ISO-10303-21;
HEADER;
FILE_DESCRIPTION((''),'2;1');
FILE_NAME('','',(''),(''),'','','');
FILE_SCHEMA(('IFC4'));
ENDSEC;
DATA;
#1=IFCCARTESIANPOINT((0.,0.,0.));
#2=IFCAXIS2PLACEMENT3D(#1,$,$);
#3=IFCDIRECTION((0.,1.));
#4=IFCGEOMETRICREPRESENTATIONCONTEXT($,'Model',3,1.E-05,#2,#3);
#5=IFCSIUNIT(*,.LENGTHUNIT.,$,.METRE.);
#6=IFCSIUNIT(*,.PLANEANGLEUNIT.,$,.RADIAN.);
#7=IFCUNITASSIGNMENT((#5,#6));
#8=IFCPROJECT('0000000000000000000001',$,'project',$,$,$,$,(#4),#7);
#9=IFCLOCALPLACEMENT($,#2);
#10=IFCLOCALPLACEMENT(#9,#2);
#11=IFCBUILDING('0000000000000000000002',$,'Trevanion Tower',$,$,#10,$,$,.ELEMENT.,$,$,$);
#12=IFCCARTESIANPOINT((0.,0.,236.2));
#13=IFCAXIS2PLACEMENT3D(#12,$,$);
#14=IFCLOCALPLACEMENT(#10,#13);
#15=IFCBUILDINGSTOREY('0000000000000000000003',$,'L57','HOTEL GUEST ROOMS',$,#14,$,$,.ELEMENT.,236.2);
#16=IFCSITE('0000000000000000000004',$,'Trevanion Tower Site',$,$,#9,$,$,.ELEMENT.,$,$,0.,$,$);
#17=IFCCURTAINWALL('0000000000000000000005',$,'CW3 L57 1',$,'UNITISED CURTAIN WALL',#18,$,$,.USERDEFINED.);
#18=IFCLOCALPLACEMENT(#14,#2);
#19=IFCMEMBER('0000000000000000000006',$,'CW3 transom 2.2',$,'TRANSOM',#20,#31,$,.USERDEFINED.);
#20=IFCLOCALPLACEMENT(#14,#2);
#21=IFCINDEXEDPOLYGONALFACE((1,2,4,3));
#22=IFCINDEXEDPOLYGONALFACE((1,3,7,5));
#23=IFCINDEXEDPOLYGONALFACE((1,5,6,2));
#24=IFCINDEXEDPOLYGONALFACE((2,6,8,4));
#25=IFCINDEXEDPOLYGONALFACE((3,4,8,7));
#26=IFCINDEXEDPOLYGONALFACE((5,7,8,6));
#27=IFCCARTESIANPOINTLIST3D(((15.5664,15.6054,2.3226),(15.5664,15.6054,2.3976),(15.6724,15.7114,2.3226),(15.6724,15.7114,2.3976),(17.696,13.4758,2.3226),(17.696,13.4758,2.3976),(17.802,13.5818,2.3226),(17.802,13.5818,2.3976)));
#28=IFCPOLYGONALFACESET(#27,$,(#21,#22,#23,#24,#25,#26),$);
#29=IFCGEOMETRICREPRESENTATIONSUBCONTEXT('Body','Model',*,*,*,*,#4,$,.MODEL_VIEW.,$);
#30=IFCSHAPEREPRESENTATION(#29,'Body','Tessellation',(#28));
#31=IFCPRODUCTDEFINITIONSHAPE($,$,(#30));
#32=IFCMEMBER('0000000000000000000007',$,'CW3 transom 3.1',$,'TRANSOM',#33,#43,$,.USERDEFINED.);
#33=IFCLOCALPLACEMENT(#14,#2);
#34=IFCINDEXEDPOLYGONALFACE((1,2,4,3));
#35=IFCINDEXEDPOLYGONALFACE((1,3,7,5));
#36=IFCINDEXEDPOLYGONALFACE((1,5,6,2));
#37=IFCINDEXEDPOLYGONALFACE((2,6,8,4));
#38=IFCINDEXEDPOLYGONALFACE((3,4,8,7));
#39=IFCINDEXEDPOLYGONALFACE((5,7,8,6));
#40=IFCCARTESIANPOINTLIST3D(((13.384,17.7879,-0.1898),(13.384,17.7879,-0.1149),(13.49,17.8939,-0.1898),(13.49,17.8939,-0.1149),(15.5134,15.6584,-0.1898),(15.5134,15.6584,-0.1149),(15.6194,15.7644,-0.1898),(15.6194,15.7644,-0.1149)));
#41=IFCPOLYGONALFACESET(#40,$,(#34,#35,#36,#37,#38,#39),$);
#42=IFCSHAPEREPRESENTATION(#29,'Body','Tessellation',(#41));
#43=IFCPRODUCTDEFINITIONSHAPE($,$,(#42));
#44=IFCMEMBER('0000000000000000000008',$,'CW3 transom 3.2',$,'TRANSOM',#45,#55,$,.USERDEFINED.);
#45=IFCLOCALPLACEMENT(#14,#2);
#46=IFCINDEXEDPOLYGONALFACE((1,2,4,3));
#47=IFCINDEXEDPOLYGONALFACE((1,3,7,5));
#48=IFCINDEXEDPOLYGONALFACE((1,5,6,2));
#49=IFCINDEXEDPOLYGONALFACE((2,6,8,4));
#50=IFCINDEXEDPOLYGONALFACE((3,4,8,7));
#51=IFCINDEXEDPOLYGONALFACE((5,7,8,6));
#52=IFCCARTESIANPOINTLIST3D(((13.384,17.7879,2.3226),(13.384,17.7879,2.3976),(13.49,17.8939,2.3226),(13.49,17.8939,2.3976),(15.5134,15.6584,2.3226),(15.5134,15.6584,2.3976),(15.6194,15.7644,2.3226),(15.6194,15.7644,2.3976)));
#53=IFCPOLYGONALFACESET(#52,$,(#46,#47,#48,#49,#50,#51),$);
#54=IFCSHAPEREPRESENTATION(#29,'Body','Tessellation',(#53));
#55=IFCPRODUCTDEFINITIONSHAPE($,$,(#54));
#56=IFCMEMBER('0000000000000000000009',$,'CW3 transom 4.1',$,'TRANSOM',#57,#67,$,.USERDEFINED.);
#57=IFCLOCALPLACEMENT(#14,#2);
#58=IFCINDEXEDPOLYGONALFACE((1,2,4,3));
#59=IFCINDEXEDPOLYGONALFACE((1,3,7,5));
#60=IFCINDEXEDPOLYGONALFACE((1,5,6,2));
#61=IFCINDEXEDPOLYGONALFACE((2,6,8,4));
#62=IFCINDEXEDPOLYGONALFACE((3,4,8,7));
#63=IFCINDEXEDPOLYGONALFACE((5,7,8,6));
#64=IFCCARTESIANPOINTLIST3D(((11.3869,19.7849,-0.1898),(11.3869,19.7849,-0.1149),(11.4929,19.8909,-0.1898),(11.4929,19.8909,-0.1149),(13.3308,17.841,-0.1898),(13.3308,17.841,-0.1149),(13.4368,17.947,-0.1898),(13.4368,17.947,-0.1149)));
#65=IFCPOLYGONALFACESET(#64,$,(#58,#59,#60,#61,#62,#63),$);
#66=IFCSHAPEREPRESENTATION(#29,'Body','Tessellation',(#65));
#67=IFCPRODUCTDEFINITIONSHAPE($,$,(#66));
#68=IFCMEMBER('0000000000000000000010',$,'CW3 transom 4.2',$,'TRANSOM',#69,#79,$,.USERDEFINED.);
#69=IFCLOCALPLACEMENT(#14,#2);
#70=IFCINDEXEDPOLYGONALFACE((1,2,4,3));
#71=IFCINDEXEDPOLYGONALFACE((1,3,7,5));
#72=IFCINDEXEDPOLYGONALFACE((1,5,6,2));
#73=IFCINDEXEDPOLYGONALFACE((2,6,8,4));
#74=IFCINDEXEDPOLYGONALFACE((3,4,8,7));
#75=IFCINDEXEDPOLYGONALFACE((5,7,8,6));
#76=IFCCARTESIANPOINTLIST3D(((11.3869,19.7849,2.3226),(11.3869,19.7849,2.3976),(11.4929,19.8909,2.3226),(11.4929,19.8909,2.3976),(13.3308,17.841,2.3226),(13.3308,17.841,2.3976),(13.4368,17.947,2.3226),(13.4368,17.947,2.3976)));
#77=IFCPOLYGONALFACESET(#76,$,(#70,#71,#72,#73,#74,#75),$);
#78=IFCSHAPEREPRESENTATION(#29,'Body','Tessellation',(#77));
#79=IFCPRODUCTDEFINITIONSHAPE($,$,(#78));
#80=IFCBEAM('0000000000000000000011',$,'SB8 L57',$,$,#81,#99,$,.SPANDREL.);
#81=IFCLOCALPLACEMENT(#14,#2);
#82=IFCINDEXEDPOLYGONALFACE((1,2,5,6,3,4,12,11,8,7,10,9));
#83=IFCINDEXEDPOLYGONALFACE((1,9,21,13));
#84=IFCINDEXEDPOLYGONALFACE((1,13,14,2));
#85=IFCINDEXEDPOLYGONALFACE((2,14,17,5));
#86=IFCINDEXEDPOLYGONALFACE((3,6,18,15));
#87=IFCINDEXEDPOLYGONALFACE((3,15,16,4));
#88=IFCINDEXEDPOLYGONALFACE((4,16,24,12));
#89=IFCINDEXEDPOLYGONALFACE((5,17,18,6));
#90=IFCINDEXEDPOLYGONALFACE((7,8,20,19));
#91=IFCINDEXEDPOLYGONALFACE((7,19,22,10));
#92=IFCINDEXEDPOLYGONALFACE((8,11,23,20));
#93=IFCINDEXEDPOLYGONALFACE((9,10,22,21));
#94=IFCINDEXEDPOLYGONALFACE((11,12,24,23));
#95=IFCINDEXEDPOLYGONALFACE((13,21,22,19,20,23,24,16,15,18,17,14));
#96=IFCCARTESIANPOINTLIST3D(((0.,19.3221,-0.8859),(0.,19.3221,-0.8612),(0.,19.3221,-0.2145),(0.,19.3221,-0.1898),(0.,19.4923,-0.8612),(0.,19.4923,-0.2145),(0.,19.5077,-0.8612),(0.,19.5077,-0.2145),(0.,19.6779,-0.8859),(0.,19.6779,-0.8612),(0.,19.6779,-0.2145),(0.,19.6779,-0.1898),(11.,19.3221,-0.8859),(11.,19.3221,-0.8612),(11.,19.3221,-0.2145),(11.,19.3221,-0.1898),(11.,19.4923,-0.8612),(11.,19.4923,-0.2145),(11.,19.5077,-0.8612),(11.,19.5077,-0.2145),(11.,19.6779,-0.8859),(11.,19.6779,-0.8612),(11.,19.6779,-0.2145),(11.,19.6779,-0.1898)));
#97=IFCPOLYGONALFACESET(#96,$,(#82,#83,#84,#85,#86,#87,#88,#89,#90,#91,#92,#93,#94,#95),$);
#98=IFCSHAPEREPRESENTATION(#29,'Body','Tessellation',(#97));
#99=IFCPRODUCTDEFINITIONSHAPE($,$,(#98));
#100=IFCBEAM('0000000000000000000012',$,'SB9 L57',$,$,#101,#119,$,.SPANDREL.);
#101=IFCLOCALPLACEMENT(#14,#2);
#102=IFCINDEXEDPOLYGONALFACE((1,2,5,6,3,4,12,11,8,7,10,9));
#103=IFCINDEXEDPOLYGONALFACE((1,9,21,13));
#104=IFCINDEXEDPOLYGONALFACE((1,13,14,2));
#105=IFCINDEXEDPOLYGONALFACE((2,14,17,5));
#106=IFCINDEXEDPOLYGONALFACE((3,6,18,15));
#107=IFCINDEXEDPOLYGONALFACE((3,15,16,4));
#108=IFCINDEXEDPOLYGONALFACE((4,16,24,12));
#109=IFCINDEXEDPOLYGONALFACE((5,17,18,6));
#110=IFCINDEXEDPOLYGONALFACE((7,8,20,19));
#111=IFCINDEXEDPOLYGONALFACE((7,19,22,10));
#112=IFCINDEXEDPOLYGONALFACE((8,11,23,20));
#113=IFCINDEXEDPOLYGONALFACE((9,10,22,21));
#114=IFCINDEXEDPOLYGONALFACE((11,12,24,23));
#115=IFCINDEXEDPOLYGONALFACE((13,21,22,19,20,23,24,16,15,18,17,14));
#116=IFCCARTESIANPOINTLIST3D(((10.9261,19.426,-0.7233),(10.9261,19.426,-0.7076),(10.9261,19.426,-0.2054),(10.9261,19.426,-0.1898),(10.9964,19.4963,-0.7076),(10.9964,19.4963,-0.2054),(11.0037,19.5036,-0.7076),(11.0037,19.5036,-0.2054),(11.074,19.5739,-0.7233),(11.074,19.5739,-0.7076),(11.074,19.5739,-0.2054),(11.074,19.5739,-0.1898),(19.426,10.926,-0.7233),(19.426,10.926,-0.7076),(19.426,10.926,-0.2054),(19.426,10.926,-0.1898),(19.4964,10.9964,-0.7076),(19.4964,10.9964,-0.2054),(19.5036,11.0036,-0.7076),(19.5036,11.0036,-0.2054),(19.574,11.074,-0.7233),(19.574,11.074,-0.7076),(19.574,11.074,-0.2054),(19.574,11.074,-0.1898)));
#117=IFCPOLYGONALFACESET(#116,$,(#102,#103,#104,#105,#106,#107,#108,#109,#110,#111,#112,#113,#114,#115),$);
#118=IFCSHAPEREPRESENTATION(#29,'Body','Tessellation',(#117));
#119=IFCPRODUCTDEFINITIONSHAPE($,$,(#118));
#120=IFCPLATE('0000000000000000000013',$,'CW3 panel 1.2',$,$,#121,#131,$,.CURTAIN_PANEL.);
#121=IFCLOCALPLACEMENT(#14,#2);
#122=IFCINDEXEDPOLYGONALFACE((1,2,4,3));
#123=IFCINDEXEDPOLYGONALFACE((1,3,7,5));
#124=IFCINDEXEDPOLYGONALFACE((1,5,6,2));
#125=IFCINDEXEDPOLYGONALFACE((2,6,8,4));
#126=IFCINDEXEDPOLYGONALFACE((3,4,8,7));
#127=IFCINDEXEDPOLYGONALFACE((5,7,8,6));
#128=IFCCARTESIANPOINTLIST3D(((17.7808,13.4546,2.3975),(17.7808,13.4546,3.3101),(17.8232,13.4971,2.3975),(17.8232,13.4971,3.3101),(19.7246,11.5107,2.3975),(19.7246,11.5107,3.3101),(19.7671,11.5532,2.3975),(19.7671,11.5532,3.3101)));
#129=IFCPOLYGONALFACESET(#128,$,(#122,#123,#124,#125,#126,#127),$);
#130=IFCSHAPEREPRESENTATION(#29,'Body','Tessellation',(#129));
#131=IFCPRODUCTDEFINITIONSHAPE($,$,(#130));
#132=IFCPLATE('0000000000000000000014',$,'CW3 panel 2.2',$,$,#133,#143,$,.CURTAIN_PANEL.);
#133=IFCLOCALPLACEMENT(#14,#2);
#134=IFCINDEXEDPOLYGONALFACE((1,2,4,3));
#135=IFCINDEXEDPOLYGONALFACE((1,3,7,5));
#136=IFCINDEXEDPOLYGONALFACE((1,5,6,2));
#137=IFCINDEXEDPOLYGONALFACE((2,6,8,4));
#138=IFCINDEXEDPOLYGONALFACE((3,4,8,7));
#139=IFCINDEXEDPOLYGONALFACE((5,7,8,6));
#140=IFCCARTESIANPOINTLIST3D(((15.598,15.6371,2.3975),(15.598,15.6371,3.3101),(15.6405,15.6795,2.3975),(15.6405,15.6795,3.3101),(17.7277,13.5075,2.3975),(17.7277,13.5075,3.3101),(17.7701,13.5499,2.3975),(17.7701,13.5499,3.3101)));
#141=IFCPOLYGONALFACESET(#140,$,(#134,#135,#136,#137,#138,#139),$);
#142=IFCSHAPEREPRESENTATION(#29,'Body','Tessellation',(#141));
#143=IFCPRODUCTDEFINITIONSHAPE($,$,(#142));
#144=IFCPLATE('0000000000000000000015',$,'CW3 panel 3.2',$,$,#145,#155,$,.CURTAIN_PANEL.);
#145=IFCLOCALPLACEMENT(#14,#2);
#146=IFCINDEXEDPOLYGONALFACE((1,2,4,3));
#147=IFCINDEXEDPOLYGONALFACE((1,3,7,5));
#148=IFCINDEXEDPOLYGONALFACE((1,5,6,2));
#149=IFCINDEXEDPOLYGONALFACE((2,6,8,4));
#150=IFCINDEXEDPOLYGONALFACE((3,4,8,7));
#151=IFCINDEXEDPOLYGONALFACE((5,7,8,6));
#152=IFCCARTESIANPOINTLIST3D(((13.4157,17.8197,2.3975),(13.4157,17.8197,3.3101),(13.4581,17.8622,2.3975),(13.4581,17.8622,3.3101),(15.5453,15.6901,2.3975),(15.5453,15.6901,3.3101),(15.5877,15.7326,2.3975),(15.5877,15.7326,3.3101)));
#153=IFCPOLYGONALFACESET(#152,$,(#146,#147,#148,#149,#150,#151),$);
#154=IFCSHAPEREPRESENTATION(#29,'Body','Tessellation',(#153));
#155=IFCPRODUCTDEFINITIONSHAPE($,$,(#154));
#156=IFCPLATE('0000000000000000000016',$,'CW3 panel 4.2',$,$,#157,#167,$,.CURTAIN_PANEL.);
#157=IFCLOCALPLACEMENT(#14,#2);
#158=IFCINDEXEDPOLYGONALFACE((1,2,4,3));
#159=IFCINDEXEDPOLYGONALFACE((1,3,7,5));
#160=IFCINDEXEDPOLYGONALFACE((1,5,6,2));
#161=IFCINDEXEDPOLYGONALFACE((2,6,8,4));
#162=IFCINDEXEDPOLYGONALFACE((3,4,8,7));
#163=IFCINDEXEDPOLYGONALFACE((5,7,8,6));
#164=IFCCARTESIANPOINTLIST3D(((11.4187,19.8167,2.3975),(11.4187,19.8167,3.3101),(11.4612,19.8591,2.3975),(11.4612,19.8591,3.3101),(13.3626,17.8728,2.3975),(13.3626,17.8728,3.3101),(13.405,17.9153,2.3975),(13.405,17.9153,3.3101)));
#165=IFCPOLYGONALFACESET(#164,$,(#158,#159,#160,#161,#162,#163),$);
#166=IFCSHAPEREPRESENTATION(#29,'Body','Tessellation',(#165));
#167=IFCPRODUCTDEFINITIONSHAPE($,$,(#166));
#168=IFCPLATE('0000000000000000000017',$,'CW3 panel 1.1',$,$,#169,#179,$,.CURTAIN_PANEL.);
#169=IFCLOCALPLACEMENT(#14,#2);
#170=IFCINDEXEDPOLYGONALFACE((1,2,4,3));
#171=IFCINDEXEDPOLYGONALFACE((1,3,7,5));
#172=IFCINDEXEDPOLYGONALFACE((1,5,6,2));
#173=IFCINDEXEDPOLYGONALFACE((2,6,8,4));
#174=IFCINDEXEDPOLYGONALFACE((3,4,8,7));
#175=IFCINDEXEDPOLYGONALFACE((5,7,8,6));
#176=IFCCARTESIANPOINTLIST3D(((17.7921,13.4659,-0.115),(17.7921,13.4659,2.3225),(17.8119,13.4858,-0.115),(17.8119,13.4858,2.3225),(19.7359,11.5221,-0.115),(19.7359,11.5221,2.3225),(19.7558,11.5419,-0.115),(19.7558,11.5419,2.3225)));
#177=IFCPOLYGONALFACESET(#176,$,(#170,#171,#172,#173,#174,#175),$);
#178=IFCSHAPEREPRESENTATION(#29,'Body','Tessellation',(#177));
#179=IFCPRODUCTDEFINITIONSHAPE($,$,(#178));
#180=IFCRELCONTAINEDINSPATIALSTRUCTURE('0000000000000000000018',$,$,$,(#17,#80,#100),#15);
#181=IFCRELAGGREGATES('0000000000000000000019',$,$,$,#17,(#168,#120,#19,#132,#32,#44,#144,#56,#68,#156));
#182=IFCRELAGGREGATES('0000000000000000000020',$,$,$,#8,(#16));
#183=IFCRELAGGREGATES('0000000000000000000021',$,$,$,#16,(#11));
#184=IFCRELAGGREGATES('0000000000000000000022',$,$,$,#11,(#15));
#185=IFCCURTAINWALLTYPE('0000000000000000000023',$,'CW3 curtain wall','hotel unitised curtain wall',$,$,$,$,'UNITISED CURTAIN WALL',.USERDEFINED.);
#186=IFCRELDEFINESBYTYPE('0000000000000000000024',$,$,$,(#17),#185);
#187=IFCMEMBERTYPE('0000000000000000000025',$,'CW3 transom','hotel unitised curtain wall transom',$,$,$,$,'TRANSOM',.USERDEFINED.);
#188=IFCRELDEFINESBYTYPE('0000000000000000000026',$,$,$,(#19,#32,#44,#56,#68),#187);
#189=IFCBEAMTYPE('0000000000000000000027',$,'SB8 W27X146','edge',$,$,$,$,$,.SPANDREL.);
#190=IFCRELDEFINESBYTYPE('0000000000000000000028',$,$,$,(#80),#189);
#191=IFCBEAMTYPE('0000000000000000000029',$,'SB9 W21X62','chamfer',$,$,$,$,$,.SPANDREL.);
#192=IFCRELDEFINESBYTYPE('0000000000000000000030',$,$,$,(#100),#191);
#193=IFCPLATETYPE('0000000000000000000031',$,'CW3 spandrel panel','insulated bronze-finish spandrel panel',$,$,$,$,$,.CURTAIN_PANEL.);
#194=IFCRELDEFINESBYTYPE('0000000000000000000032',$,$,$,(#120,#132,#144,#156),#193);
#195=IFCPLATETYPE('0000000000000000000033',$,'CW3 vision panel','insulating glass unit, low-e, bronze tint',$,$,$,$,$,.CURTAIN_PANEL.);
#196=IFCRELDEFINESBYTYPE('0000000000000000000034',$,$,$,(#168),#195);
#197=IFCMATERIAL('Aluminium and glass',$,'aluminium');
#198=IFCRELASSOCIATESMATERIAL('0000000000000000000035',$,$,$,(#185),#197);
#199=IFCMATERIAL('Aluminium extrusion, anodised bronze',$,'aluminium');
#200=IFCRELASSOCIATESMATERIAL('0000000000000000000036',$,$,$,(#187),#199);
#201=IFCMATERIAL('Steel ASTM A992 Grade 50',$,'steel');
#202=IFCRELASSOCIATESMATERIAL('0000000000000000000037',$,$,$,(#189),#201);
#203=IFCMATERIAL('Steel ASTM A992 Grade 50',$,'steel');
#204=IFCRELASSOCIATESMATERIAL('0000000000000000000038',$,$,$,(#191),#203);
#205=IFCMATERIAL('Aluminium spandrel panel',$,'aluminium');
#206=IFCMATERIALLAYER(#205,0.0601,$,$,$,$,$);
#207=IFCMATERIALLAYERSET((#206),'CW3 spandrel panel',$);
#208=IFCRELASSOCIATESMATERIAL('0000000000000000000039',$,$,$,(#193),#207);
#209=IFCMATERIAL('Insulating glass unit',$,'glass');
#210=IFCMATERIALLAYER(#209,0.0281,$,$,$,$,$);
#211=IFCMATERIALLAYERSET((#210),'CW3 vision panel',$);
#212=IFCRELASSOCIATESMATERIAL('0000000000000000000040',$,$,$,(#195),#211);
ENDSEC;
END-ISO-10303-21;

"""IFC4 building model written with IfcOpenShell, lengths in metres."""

from ifc_helpers import new_model, si_unit, direction, frame, origin, origin_2d, place, context, subcontext, project, spatial, rectangle, i_section, extrude, material, layer, layer_set, material_profile, profile_set, type_object, element, aggregate, save


model = new_model("IFC4")

# Units and contexts
model_context = context("Model", 3, precision=1e-05, world=origin(), true_north=direction((0.0, 1.0)))
body_context = subcontext(model_context, "Body", "Model", "MODEL_VIEW")
ifc_project = project(units=[si_unit("LENGTHUNIT", "METRE"), si_unit("PLANEANGLEUNIT", "RADIAN")], contexts=[model_context])

# Site, building, storey
site_placement = place(None, origin())
site = spatial("IfcSite", under=ifc_project, at=site_placement, Name="Trevanion Tower Site", CompositionType="ELEMENT", RefElevation=0.0)
building_placement = place(site_placement, origin())
building = spatial("IfcBuilding", under=site, at=building_placement, Name="Trevanion Tower", CompositionType="ELEMENT")
storey_placement = place(building_placement, frame((0.0, 0.0, 236.2)))
storey = spatial("IfcBuildingStorey", under=building, at=storey_placement, Name="L57", Description="HOTEL GUEST ROOMS", CompositionType="ELEMENT", Elevation=236.2)

# Curtain wall
ifc_material_1 = material(Name="Aluminium and glass", Category="aluminium")
curtain_wall_type = type_object("IfcCurtainWallType", Name="CW3 curtain wall", Description="hotel unitised curtain wall", ElementType="UNITISED CURTAIN WALL", PredefinedType="USERDEFINED", material=ifc_material_1)
curtain_wall_1_placement = place(storey_placement, origin())
curtain_wall_1 = element("IfcCurtainWall", 1, at=curtain_wall_1_placement, inside=storey, type_object=curtain_wall_type, Name="CW3 L57 1", ObjectType="UNITISED CURTAIN WALL", PredefinedType="USERDEFINED")

# Members
ifc_material_2 = material(Name="Aluminium extrusion, anodised bronze", Category="aluminium")
ifc_material_profile_1 = material_profile(ifc_material_2, rectangle(XDim=0.1499, YDim=0.075, at=origin_2d()), Name="CW3 transom")
ifc_profile_set_1 = profile_set([ifc_material_profile_1], Name="Aluminium extrusion, anodised bronze")
member_type_1 = type_object("IfcMemberType", Name="CW3 transom", Description="hotel unitised curtain wall transom", ElementType="TRANSOM", PredefinedType="USERDEFINED", material=ifc_profile_set_1)
member_1_placement = place(storey_placement, frame((17.749, 13.5288, 2.3601), z_axis=(-0.707107, 0.707107, 0.0), x_axis=(-0.707107, -0.707107, 0.0)))
member_1 = element("IfcMember", 2, at=member_1_placement, type_object=member_type_1, Name="CW3 transom 2.2", ObjectType="TRANSOM", PredefinedType="USERDEFINED", context=body_context, shape_type="SweptSolid", body=[
    extrude(rectangle(XDim=0.1499, YDim=0.075, at=origin_2d()), origin(), (0.0, 0.0, 1.0), 3.0117),
])
member_2_placement = place(storey_placement, frame((15.5664, 15.7114, -0.1523), z_axis=(-0.707107, 0.707107, 0.0), x_axis=(-0.707107, -0.707107, 0.0)))
member_2 = element("IfcMember", 3, at=member_2_placement, type_object=member_type_1, Name="CW3 transom 3.1", ObjectType="TRANSOM", PredefinedType="USERDEFINED", context=body_context, shape_type="SweptSolid", body=[
    extrude(rectangle(XDim=0.1499, YDim=0.075, at=origin_2d()), origin(), (0.0, 0.0, 1.0), 3.0115),
])
member_3_placement = place(storey_placement, frame((15.5664, 15.7114, 2.3601), z_axis=(-0.707107, 0.707107, 0.0), x_axis=(-0.707107, -0.707107, 0.0)))
member_3 = element("IfcMember", 4, at=member_3_placement, type_object=member_type_1, Name="CW3 transom 3.2", ObjectType="TRANSOM", PredefinedType="USERDEFINED", context=body_context, shape_type="SweptSolid", body=[
    extrude(rectangle(XDim=0.1499, YDim=0.075, at=origin_2d()), origin(), (0.0, 0.0, 1.0), 3.0115),
])
member_4_placement = place(storey_placement, frame((13.3838, 17.894, -0.1523), z_axis=(-0.707107, 0.707107, 0.0), x_axis=(-0.707107, -0.707107, 0.0)))
member_4 = element("IfcMember", 5, at=member_4_placement, type_object=member_type_1, Name="CW3 transom 4.1", ObjectType="TRANSOM", PredefinedType="USERDEFINED", context=body_context, shape_type="SweptSolid", body=[
    extrude(rectangle(XDim=0.1499, YDim=0.075, at=origin_2d()), origin(), (0.0, 0.0, 1.0), 2.749),
])
member_5_placement = place(storey_placement, frame((13.3838, 17.894, 2.3601), z_axis=(-0.707107, 0.707107, 0.0), x_axis=(-0.707107, -0.707107, 0.0)))
member_5 = element("IfcMember", 6, at=member_5_placement, type_object=member_type_1, Name="CW3 transom 4.2", ObjectType="TRANSOM", PredefinedType="USERDEFINED", context=body_context, shape_type="SweptSolid", body=[
    extrude(rectangle(XDim=0.1499, YDim=0.075, at=origin_2d()), origin(), (0.0, 0.0, 1.0), 2.749),
])

# Beams
ifc_material_3 = material(Name="Steel ASTM A992 Grade 50", Category="steel")
ifc_material_profile_2 = material_profile(ifc_material_3, i_section(OverallWidth=0.3557, OverallDepth=0.696, WebThickness=0.0154, FlangeThickness=0.0247, at=origin_2d()), Name="W27X146")
ifc_profile_set_2 = profile_set([ifc_material_profile_2], Name="Steel ASTM A992 Grade 50")
beam_type_1 = type_object("IfcBeamType", Name="SB8 W27X146", Description="edge", PredefinedType="SPANDREL", material=ifc_profile_set_2)
beam_1_placement = place(storey_placement, frame((11.0, 19.5, -0.5378), z_axis=(-1.0, 0.0, 0.0), x_axis=(0.0, -1.0, 0.0)))
element("IfcBeam", 7, at=beam_1_placement, inside=storey, type_object=beam_type_1, Name="SB8 L57", PredefinedType="SPANDREL", context=body_context, shape_type="SweptSolid", body=[
    extrude(i_section(OverallWidth=0.3557, OverallDepth=0.696, WebThickness=0.0154, FlangeThickness=0.0247, at=origin_2d()), origin(), (0.0, 0.0, 1.0), 11.0),
])
ifc_material_4 = material(Name="Steel ASTM A992 Grade 50", Category="steel")
ifc_material_profile_3 = material_profile(ifc_material_4, i_section(OverallWidth=0.2092, OverallDepth=0.5334, WebThickness=0.0103, FlangeThickness=0.0156, at=origin_2d()), Name="W21X62")
ifc_profile_set_3 = profile_set([ifc_material_profile_3], Name="Steel ASTM A992 Grade 50")
beam_type_2 = type_object("IfcBeamType", Name="SB9 W21X62", Description="chamfer", PredefinedType="SPANDREL", material=ifc_profile_set_3)
beam_2_placement = place(storey_placement, frame((19.5, 11.0, -0.4565), z_axis=(-0.707107, 0.707107, 0.0), x_axis=(-0.707107, -0.707107, 0.0)))
element("IfcBeam", 8, at=beam_2_placement, inside=storey, type_object=beam_type_2, Name="SB9 L57", PredefinedType="SPANDREL", context=body_context, shape_type="SweptSolid", body=[
    extrude(i_section(OverallWidth=0.2092, OverallDepth=0.5334, WebThickness=0.0103, FlangeThickness=0.0156, at=origin_2d()), origin(), (0.0, 0.0, 1.0), 12.0208),
])

# Plates
ifc_material_5 = material(Name="Aluminium spandrel panel", Category="aluminium")
ifc_layer_1 = layer(ifc_material_5, 0.0601)
ifc_layer_set_1 = layer_set([ifc_layer_1], Name="CW3 spandrel panel")
plate_type_1 = type_object("IfcPlateType", Name="CW3 spandrel panel", Description="insulated bronze-finish spandrel panel", PredefinedType="CURTAIN_PANEL", material=ifc_layer_set_1)
plate_1_placement = place(storey_placement, frame((18.7739, 12.5039, 2.3975), z_axis=(0.0, 0.0, 1.0), x_axis=(-0.707107, 0.707107, 0.0)))
plate_1 = element("IfcPlate", 9, at=plate_1_placement, type_object=plate_type_1, Name="CW3 panel 1.2", PredefinedType="CURTAIN_PANEL", context=body_context, shape_type="SweptSolid", body=[
    extrude(rectangle(XDim=2.749, YDim=0.0601, at=origin_2d()), origin(), (0.0, 0.0, 1.0), 0.9126),
])
plate_2_placement = place(storey_placement, frame((16.6841, 14.5935, 2.3975), z_axis=(0.0, 0.0, 1.0), x_axis=(-0.707107, 0.707107, 0.0)))
plate_2 = element("IfcPlate", 10, at=plate_2_placement, type_object=plate_type_1, Name="CW3 panel 2.2", PredefinedType="CURTAIN_PANEL", context=body_context, shape_type="SweptSolid", body=[
    extrude(rectangle(XDim=3.0117, YDim=0.0601, at=origin_2d()), origin(), (0.0, 0.0, 1.0), 0.9126),
])
plate_3_placement = place(storey_placement, frame((14.5017, 16.7761, 2.3975), z_axis=(0.0, 0.0, 1.0), x_axis=(-0.707107, 0.707107, 0.0)))
plate_3 = element("IfcPlate", 11, at=plate_3_placement, type_object=plate_type_1, Name="CW3 panel 3.2", PredefinedType="CURTAIN_PANEL", context=body_context, shape_type="SweptSolid", body=[
    extrude(rectangle(XDim=3.0117, YDim=0.0601, at=origin_2d()), origin(), (0.0, 0.0, 1.0), 0.9126),
])
plate_4_placement = place(storey_placement, frame((12.4119, 18.866, 2.3975), z_axis=(0.0, 0.0, 1.0), x_axis=(-0.707107, 0.707107, 0.0)))
plate_4 = element("IfcPlate", 12, at=plate_4_placement, type_object=plate_type_1, Name="CW3 panel 4.2", PredefinedType="CURTAIN_PANEL", context=body_context, shape_type="SweptSolid", body=[
    extrude(rectangle(XDim=2.749, YDim=0.0601, at=origin_2d()), origin(), (0.0, 0.0, 1.0), 0.9126),
])
ifc_material_6 = material(Name="Insulating glass unit", Category="glass")
ifc_layer_2 = layer(ifc_material_6, 0.0281)
ifc_layer_set_2 = layer_set([ifc_layer_2], Name="CW3 vision panel")
plate_type_2 = type_object("IfcPlateType", Name="CW3 vision panel", Description="insulating glass unit, low-e, bronze tint", PredefinedType="CURTAIN_PANEL", material=ifc_layer_set_2)
plate_5_placement = place(storey_placement, frame((18.7739, 12.5039, -0.115), z_axis=(0.0, 0.0, 1.0), x_axis=(-0.707107, 0.707107, 0.0)))
plate_5 = element("IfcPlate", 13, at=plate_5_placement, type_object=plate_type_2, Name="CW3 panel 1.1", PredefinedType="CURTAIN_PANEL", context=body_context, shape_type="SweptSolid", body=[
    extrude(rectangle(XDim=2.749, YDim=0.0281, at=origin_2d()), origin(), (0.0, 0.0, 1.0), 2.4375),
])
aggregate(curtain_wall_1, [plate_5, plate_1, member_1, plate_2, member_2, member_3, plate_3, member_4, member_5, plate_4])

save(model, "model.ifc")
